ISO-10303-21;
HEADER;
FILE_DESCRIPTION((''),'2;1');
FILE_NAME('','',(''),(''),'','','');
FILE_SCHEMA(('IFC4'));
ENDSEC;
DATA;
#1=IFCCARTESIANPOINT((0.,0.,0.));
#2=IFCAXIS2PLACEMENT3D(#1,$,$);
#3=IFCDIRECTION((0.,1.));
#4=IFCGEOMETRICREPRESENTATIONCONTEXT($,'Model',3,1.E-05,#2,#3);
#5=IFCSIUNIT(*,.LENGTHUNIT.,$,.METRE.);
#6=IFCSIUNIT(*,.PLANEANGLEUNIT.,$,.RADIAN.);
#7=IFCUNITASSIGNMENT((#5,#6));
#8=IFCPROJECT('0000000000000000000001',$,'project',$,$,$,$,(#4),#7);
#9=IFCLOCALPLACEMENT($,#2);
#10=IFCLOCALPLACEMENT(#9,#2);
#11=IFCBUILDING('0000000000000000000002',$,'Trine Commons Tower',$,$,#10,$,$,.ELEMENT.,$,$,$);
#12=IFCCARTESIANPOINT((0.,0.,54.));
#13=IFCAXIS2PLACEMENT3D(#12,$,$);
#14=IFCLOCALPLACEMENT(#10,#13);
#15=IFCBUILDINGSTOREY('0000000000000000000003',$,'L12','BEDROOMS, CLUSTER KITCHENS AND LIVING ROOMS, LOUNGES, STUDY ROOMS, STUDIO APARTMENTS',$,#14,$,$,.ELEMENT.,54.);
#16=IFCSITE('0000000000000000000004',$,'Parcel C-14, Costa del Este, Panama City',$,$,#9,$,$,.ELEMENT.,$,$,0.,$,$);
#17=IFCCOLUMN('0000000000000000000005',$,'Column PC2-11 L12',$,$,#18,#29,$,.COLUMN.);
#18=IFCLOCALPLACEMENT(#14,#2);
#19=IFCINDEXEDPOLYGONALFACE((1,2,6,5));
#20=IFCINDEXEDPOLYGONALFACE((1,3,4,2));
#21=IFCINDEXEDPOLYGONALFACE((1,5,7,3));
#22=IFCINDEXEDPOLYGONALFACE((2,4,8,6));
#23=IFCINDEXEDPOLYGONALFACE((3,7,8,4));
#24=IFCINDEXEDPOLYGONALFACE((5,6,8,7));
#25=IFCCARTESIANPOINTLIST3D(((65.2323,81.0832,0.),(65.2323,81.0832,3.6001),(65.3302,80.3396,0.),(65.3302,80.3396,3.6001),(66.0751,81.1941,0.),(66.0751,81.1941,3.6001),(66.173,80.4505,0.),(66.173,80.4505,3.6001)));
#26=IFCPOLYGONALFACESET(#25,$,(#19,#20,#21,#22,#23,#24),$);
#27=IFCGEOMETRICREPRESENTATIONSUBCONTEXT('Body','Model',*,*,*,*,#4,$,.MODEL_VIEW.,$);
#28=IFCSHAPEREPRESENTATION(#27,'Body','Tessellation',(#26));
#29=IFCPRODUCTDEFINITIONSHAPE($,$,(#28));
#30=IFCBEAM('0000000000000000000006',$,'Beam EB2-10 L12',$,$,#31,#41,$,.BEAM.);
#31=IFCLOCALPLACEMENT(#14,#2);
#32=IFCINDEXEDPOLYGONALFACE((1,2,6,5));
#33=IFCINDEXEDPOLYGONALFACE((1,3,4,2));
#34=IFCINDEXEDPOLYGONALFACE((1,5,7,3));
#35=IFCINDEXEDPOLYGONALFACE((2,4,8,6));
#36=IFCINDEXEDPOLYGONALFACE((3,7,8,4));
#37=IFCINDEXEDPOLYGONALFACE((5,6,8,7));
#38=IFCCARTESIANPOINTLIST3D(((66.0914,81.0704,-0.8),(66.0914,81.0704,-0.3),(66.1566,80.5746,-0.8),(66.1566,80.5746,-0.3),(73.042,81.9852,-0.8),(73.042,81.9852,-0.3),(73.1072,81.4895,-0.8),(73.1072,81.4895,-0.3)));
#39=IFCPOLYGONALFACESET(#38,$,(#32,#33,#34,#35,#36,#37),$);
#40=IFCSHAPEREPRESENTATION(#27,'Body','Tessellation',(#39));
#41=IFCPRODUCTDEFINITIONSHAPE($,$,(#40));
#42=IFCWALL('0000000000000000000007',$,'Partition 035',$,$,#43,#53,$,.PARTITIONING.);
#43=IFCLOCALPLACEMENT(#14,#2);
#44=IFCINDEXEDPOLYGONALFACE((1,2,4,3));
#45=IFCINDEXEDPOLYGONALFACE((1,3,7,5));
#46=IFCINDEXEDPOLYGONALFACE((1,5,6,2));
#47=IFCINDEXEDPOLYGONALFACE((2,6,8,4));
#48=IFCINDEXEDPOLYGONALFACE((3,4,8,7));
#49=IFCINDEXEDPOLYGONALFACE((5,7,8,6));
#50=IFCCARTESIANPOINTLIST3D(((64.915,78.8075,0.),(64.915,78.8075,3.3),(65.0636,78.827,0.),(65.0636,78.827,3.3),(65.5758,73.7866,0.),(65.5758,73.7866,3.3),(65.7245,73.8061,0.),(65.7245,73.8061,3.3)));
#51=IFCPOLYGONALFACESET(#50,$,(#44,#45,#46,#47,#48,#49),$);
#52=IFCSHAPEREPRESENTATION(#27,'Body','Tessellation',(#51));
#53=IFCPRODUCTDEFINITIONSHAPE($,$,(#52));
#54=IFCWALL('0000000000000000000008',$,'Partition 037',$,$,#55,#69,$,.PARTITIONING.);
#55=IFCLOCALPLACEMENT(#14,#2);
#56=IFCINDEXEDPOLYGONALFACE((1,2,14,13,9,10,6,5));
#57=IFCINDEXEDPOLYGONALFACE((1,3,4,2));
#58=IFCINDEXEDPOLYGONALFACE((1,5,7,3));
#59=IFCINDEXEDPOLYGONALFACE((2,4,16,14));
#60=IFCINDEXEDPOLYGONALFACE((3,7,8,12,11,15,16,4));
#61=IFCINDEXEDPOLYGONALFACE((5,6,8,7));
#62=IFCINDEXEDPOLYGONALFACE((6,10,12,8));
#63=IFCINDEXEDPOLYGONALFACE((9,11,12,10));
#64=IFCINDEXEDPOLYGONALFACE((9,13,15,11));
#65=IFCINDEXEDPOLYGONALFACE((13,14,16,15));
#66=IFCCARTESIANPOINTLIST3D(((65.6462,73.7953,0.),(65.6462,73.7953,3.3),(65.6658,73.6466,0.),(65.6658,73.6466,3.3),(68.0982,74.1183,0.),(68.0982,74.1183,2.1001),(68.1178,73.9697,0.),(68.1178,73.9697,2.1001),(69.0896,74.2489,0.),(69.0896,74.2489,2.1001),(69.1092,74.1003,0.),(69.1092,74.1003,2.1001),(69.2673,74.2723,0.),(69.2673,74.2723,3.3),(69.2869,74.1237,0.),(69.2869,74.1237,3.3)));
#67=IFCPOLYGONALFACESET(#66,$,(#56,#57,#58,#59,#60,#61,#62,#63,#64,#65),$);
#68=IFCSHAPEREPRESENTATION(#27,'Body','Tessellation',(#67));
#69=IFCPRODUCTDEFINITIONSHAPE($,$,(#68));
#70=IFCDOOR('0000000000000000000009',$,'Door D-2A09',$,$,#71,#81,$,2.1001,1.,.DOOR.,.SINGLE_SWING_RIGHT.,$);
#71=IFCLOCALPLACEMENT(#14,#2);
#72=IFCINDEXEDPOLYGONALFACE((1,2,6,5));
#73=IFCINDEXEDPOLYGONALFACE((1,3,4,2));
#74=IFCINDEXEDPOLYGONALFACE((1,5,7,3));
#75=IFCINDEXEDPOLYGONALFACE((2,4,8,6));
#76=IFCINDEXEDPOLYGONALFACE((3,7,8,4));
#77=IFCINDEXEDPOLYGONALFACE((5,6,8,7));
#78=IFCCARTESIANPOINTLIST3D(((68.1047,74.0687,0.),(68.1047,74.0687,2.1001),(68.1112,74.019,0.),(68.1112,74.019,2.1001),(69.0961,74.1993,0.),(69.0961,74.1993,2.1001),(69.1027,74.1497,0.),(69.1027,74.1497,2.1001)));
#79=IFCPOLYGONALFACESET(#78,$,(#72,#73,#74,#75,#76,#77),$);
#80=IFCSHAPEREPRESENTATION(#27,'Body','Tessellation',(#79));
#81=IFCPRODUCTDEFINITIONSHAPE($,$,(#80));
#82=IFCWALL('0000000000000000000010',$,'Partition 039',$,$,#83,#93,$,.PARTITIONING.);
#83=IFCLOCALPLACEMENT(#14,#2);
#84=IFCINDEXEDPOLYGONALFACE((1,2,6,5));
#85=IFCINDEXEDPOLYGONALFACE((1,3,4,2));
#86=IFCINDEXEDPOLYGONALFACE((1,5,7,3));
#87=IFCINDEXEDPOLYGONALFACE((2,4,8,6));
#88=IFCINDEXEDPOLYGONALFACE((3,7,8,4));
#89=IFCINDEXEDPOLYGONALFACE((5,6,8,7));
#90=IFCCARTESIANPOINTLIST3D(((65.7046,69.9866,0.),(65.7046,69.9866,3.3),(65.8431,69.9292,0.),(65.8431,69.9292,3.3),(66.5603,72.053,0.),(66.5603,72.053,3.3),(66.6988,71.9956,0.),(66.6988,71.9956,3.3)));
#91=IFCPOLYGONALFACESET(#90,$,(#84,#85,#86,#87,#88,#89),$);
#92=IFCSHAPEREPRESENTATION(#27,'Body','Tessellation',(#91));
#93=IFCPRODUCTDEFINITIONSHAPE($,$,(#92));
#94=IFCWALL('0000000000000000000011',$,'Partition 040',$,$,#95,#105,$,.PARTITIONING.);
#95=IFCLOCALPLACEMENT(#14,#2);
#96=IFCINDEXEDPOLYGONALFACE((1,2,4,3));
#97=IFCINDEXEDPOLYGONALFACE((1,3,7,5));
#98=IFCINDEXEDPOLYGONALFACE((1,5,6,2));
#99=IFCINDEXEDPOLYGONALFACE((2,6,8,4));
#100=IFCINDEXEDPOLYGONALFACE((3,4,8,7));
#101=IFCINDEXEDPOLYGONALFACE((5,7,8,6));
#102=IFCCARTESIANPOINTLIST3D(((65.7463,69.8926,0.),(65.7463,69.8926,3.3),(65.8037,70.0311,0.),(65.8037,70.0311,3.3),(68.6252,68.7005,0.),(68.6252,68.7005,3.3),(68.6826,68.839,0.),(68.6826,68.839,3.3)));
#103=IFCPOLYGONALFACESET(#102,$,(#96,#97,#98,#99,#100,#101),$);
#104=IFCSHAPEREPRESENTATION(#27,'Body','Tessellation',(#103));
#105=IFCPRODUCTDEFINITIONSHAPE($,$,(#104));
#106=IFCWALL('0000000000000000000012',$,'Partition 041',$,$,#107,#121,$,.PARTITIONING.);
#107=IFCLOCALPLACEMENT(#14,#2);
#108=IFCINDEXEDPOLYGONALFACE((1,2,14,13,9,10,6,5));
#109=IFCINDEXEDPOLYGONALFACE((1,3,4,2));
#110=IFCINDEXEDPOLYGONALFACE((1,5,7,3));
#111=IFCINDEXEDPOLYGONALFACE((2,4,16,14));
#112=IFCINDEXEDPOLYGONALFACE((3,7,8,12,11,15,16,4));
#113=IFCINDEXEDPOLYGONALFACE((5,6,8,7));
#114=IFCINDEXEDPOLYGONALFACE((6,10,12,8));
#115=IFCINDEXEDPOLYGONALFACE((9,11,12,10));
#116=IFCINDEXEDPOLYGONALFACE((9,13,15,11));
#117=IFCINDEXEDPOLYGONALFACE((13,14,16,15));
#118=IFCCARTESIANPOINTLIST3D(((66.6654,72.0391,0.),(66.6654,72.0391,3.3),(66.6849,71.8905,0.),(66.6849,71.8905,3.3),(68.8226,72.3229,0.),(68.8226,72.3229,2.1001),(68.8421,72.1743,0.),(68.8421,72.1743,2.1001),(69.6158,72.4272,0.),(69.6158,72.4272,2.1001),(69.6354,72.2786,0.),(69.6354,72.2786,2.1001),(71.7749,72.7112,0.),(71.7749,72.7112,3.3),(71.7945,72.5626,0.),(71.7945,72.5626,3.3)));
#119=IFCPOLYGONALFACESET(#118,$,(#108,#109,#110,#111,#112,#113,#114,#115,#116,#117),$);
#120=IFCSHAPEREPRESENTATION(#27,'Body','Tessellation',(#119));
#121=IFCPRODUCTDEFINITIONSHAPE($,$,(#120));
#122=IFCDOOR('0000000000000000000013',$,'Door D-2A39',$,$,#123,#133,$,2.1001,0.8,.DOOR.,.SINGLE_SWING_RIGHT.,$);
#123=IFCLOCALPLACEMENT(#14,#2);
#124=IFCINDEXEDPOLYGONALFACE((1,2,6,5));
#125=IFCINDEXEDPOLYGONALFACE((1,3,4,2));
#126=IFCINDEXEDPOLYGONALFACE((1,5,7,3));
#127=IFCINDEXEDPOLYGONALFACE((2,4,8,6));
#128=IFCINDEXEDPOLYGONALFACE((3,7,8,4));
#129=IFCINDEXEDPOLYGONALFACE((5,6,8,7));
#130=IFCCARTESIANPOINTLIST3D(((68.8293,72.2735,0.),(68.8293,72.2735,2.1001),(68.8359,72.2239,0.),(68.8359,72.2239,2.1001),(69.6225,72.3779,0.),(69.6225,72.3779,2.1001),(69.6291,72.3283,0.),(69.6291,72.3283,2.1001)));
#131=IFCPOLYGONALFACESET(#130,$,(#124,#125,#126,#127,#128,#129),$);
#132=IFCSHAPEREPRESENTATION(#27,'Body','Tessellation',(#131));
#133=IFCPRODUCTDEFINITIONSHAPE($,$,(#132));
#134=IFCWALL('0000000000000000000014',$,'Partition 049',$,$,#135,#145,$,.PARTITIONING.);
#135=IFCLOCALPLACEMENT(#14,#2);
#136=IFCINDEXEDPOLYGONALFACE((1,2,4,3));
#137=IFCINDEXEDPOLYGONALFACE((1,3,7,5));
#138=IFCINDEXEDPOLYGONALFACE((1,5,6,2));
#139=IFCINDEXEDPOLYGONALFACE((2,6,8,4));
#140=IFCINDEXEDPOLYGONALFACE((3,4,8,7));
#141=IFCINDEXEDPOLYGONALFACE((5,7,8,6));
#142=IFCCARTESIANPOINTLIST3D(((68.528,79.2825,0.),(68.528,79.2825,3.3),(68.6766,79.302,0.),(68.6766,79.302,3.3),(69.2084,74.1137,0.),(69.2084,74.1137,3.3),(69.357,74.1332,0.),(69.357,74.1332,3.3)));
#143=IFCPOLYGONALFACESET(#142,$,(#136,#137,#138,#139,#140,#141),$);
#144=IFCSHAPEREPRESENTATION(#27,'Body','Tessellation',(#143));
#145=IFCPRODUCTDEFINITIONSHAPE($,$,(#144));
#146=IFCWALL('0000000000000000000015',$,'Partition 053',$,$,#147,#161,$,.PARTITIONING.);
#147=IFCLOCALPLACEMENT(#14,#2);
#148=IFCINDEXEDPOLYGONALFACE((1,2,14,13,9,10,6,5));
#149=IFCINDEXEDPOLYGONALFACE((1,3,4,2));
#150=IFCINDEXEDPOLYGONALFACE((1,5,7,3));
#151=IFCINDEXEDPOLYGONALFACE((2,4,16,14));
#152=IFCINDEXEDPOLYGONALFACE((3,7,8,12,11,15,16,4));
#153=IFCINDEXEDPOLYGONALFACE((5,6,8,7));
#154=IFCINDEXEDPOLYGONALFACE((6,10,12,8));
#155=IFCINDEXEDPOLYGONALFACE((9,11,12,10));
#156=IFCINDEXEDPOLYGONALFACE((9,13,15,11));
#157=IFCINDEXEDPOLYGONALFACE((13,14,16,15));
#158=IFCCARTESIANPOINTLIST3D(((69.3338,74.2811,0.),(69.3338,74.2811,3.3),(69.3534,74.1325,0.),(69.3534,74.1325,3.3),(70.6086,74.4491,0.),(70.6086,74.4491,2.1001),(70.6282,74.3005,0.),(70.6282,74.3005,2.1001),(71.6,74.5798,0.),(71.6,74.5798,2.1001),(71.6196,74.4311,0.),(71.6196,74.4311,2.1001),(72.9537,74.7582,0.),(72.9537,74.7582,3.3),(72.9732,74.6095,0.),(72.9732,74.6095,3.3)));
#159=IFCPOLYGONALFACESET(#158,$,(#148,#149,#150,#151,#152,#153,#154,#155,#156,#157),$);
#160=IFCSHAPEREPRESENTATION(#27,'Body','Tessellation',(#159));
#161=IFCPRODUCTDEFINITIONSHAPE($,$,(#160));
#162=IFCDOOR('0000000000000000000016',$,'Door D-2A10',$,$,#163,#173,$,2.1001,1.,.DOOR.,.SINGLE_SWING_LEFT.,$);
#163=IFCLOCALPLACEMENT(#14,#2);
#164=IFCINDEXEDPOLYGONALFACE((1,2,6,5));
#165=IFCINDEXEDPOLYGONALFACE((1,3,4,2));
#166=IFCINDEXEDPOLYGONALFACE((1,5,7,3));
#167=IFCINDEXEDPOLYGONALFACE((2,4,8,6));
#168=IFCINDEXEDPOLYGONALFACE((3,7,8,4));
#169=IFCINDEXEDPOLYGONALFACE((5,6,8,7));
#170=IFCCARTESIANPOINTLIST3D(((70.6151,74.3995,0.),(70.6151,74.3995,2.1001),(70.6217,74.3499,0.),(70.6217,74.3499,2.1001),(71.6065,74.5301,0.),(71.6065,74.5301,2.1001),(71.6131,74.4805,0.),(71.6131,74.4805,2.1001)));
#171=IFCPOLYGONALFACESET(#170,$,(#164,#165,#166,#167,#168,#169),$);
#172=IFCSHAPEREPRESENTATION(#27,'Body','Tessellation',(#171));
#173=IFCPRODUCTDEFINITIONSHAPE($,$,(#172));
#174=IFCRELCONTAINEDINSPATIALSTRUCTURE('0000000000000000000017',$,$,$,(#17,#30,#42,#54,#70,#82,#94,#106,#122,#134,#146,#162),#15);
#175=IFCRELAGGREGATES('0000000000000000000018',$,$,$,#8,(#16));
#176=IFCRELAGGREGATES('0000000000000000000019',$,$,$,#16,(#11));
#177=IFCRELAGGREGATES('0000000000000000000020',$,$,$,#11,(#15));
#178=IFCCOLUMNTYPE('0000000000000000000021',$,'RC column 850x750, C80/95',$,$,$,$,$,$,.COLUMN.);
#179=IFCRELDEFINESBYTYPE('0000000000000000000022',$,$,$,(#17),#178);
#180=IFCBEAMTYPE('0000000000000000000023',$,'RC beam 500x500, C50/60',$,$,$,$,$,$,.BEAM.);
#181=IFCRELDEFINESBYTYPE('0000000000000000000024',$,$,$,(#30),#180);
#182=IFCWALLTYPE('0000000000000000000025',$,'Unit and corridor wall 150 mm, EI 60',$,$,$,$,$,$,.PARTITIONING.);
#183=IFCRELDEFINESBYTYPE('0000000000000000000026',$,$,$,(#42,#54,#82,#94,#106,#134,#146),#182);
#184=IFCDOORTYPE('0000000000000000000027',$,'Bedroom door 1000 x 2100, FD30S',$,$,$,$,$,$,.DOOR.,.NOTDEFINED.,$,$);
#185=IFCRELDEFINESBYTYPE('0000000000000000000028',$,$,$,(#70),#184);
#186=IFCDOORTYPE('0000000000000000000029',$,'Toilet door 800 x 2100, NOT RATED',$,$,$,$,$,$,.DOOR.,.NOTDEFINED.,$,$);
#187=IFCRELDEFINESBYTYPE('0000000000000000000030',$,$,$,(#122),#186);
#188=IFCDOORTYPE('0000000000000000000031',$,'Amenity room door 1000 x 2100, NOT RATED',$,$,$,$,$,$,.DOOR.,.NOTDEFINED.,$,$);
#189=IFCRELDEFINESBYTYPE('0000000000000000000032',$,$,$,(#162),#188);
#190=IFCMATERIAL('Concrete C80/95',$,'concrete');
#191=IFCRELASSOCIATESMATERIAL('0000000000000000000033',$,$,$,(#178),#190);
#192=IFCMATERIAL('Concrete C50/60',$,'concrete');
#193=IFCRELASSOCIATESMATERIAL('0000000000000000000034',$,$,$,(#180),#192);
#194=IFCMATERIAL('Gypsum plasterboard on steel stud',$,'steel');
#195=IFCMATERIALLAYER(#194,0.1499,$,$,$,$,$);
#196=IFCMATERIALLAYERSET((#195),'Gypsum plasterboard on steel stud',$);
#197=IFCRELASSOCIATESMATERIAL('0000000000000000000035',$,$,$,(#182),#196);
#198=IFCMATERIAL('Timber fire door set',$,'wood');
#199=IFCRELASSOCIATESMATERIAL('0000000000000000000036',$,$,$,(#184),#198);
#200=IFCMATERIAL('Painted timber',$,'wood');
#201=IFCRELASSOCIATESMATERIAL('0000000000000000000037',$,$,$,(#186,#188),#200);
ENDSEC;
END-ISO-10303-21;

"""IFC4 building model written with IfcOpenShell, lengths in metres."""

from ifc_helpers import new_model, si_unit, direction, frame, frame_2d, origin, origin_2d, place, context, subcontext, project, spatial, rectangle, extrude, material, layer, layer_set, material_profile, profile_set, type_object, element, fill, save


model = new_model("IFC4")

# Units and contexts
model_context = context("Model", 3, precision=1e-05, world=origin(), true_north=direction((0.0, 1.0)))
body_context = subcontext(model_context, "Body", "Model", "MODEL_VIEW")
ifc_project = project(units=[si_unit("LENGTHUNIT", "METRE"), si_unit("PLANEANGLEUNIT", "RADIAN")], contexts=[model_context])

# Site, building, storey
site_placement = place(None, origin())
site = spatial("IfcSite", under=ifc_project, at=site_placement, Name="Parcel C-14, Costa del Este, Panama City", CompositionType="ELEMENT", RefElevation=0.0)
building_placement = place(site_placement, origin())
building = spatial("IfcBuilding", under=site, at=building_placement, Name="Trine Commons Tower", CompositionType="ELEMENT")
storey_placement = place(building_placement, frame((0.0, 0.0, 54.0)))
storey = spatial("IfcBuildingStorey", under=building, at=storey_placement, Name="L12", Description="BEDROOMS, CLUSTER KITCHENS AND LIVING ROOMS, LOUNGES, STUDY ROOMS, STUDIO APARTMENTS", CompositionType="ELEMENT", Elevation=54.0)

# Column
ifc_material_1 = material(Name="Concrete C80/95", Category="concrete")
ifc_material_profile_1 = material_profile(ifc_material_1, rectangle(XDim=0.8501, YDim=0.75, at=origin_2d()), Name="RC 850x750")
ifc_profile_set_1 = profile_set([ifc_material_profile_1], Name="Concrete C80/95")
column_type = type_object("IfcColumnType", Name="RC column 850x750, C80/95", PredefinedType="COLUMN", material=ifc_profile_set_1)
column_placement = place(storey_placement, frame((65.7026, 80.7668, 0.0), z_axis=(0.0, 0.0, 1.0), x_axis=(0.991445, 0.130526, 0.0)))
element("IfcColumn", 1, at=column_placement, inside=storey, type_object=column_type, Name="Column PC2-11 L12", PredefinedType="COLUMN", context=body_context, shape_type="SweptSolid", body=[
    extrude(rectangle(XDim=0.8501, YDim=0.75, at=origin_2d()), origin(), (0.0, 0.0, 1.0), 3.6001),
])

# Beam
ifc_material_2 = material(Name="Concrete C50/60", Category="concrete")
ifc_material_profile_2 = material_profile(ifc_material_2, rectangle(XDim=0.5, YDim=0.5, at=origin_2d()), Name="RC 500x500")
ifc_profile_set_2 = profile_set([ifc_material_profile_2], Name="Concrete C50/60")
beam_type = type_object("IfcBeamType", Name="RC beam 500x500, C50/60", PredefinedType="BEAM", material=ifc_profile_set_2)
beam_placement = place(storey_placement, frame((66.124, 80.8225, -0.55), z_axis=(0.991449, 0.130491, 0.0), x_axis=(-0.130491, 0.991449, 0.0)))
element("IfcBeam", 2, at=beam_placement, inside=storey, type_object=beam_type, Name="Beam EB2-10 L12", PredefinedType="BEAM", context=body_context, shape_type="SweptSolid", body=[
    extrude(rectangle(XDim=0.5, YDim=0.5, at=origin_2d()), origin(), (0.0, 0.0, 1.0), 7.0105),
])

# Wall
ifc_material_3 = material(Name="Gypsum plasterboard on steel stud", Category="steel")
ifc_layer_1 = layer(ifc_material_3, 0.1499)
ifc_layer_set_1 = layer_set([ifc_layer_1], Name="Gypsum plasterboard on steel stud")
wall_type_1 = type_object("IfcWallType", Name="Unit and corridor wall 150 mm, EI 60", PredefinedType="PARTITIONING", material=ifc_layer_set_1)
wall_1_placement = place(storey_placement, frame((64.9893, 78.8174, 0.0), z_axis=(0.0, 0.0, 1.0), x_axis=(0.130499, -0.991448, 0.0)))
element("IfcWall", 3, at=wall_1_placement, inside=storey, type_object=wall_type_1, Name="Partition 035", PredefinedType="PARTITIONING", context=body_context, shape_type="SweptSolid", body=[
    extrude(rectangle(XDim=5.0642, YDim=0.1499, at=frame_2d((2.5322, 0.0))), origin(), (0.0, 0.0, 1.0), 3.3),
])

# Wall, opening, door
wall_2_placement = place(storey_placement, frame((65.656, 73.7209, 0.0), z_axis=(0.0, 0.0, 1.0), x_axis=(0.991433, 0.130614, 0.0)))
wall_2 = element("IfcWall", 4, at=wall_2_placement, inside=storey, type_object=wall_type_1, Name="Partition 037", PredefinedType="PARTITIONING", context=body_context, shape_type="SweptSolid", body=[
    extrude(rectangle(XDim=3.6523, YDim=0.1499, at=frame_2d((1.8262, 0.0))), origin(), (0.0, 0.0, 1.0), 3.3),
])
opening_1_placement = place(wall_2_placement, frame((2.4731, 0.0, 0.0)))
opening_1 = element("IfcOpeningElement", 5, at=opening_1_placement, cuts=wall_2, PredefinedType="OPENING", context=body_context, shape_type="SweptSolid", body=[
    extrude(rectangle(XDim=1.0, YDim=2.1001, at=frame_2d((0.5, 1.05))), frame((0.0, 0.085, 0.0), z_axis=(0.0, -1.0, 0.0), x_axis=(1.0, 0.0, 0.0)), (0.0, 0.0, 1.0), 0.1699),
])
ifc_material_4 = material(Name="Timber fire door set", Category="wood")
door_type_1 = type_object("IfcDoorType", Name="Bedroom door 1000 x 2100, FD30S", OperationType="NOTDEFINED", PredefinedType="DOOR", material=ifc_material_4)
door_1_placement = place(opening_1_placement, origin())
door_1 = element("IfcDoor", 6, at=door_1_placement, inside=storey, type_object=door_type_1, Name="Door D-2A09", OperationType="SINGLE_SWING_RIGHT", OverallHeight=2.1001, OverallWidth=1.0, PredefinedType="DOOR", context=body_context, shape_type="SweptSolid", body=[
    extrude(rectangle(XDim=1.0, YDim=2.1001, at=frame_2d((0.5, 1.05))), frame((0.0, 0.0249, 0.0), z_axis=(0.0, -1.0, 0.0), x_axis=(1.0, 0.0, 0.0)), (0.0, 0.0, 1.0), 0.05),
])
fill(opening_1, door_1)

# Walls
wall_3_placement = place(storey_placement, frame((65.7739, 69.958, 0.0), z_axis=(0.0, 0.0, 1.0), x_axis=(0.382599, 0.923914, 0.0)))
element("IfcWall", 7, at=wall_3_placement, inside=storey, type_object=wall_type_1, Name="Partition 039", PredefinedType="PARTITIONING", context=body_context, shape_type="SweptSolid", body=[
    extrude(rectangle(XDim=2.2366, YDim=0.1499, at=frame_2d((1.1182, 0.0))), origin(), (0.0, 0.0, 1.0), 3.3),
])
wall_4_placement = place(storey_placement, frame((65.7749, 69.9619, 0.0), z_axis=(0.0, 0.0, 1.0), x_axis=(0.923918, -0.382589, 0.0)))
element("IfcWall", 8, at=wall_4_placement, inside=storey, type_object=wall_type_1, Name="Partition 040", PredefinedType="PARTITIONING", context=body_context, shape_type="SweptSolid", body=[
    extrude(rectangle(XDim=3.116, YDim=0.1499, at=frame_2d((1.5581, 0.0))), origin(), (0.0, 0.0, 1.0), 3.3),
])

# Wall, opening, door
wall_5_placement = place(storey_placement, frame((66.6753, 71.9648, 0.0), z_axis=(0.0, 0.0, 1.0), x_axis=(0.991459, 0.130417, 0.0)))
wall_5 = element("IfcWall", 9, at=wall_5_placement, inside=storey, type_object=wall_type_1, Name="Partition 041", PredefinedType="PARTITIONING", context=body_context, shape_type="SweptSolid", body=[
    extrude(rectangle(XDim=5.1536, YDim=0.1499, at=frame_2d((2.5767, 0.0))), origin(), (0.0, 0.0, 1.0), 3.3),
])
opening_2_placement = place(wall_5_placement, frame((2.1758, 0.0, 0.0)))
opening_2 = element("IfcOpeningElement", 10, at=opening_2_placement, cuts=wall_5, PredefinedType="OPENING", context=body_context, shape_type="SweptSolid", body=[
    extrude(rectangle(XDim=0.8, YDim=2.1001, at=frame_2d((0.3999, 1.05))), frame((0.0, 0.085, 0.0), z_axis=(0.0, -1.0, 0.0), x_axis=(1.0, 0.0, 0.0)), (0.0, 0.0, 1.0), 0.1699),
])
ifc_material_5 = material(Name="Painted timber", Category="wood")
door_type_2 = type_object("IfcDoorType", Name="Toilet door 800 x 2100, NOT RATED", OperationType="NOTDEFINED", PredefinedType="DOOR", material=ifc_material_5)
door_2_placement = place(opening_2_placement, frame((0.8, 0.0, 0.0), z_axis=(0.0, 0.0, 1.0), x_axis=(-1.0, 0.0, 0.0)))
door_2 = element("IfcDoor", 11, at=door_2_placement, inside=storey, type_object=door_type_2, Name="Door D-2A39", OperationType="SINGLE_SWING_RIGHT", OverallHeight=2.1001, OverallWidth=0.8, PredefinedType="DOOR", context=body_context, shape_type="SweptSolid", body=[
    extrude(rectangle(XDim=0.8, YDim=2.1001, at=frame_2d((0.3999, 1.05))), frame((0.0, 0.0249, 0.0), z_axis=(0.0, -1.0, 0.0), x_axis=(1.0, 0.0, 0.0)), (0.0, 0.0, 1.0), 0.05),
])
fill(opening_2, door_2)

# Wall
wall_6_placement = place(storey_placement, frame((68.6023, 79.2922, 0.0), z_axis=(0.0, 0.0, 1.0), x_axis=(0.130516, -0.991446, 0.0)))
element("IfcWall", 12, at=wall_6_placement, inside=storey, type_object=wall_type_1, Name="Partition 049", PredefinedType="PARTITIONING", context=body_context, shape_type="SweptSolid", body=[
    extrude(rectangle(XDim=5.2134, YDim=0.1499, at=frame_2d((2.6067, 0.0))), origin(), (0.0, 0.0, 1.0), 3.3),
])

# Wall, opening, door
wall_7_placement = place(storey_placement, frame((69.3435, 74.2068, 0.0), z_axis=(0.0, 0.0, 1.0), x_axis=(0.991428, 0.130657, 0.0)))
wall_7 = element("IfcWall", 13, at=wall_7_placement, inside=storey, type_object=wall_type_1, Name="Partition 053", PredefinedType="PARTITIONING", context=body_context, shape_type="SweptSolid", body=[
    extrude(rectangle(XDim=3.6511, YDim=0.1499, at=frame_2d((1.8257, 0.0))), origin(), (0.0, 0.0, 1.0), 3.3),
])
opening_3_placement = place(wall_7_placement, frame((1.2859, 0.0, 0.0)))
opening_3 = element("IfcOpeningElement", 14, at=opening_3_placement, cuts=wall_7, PredefinedType="OPENING", context=body_context, shape_type="SweptSolid", body=[
    extrude(rectangle(XDim=1.0, YDim=2.1001, at=frame_2d((0.5, 1.05))), frame((0.0, 0.085, 0.0), z_axis=(0.0, -1.0, 0.0), x_axis=(1.0, 0.0, 0.0)), (0.0, 0.0, 1.0), 0.1699),
])
door_type_3 = type_object("IfcDoorType", Name="Amenity room door 1000 x 2100, NOT RATED", OperationType="NOTDEFINED", PredefinedType="DOOR", material=ifc_material_5)
door_3_placement = place(opening_3_placement, origin())
door_3 = element("IfcDoor", 15, at=door_3_placement, inside=storey, type_object=door_type_3, Name="Door D-2A10", OperationType="SINGLE_SWING_LEFT", OverallHeight=2.1001, OverallWidth=1.0, PredefinedType="DOOR", context=body_context, shape_type="SweptSolid", body=[
    extrude(rectangle(XDim=1.0, YDim=2.1001, at=frame_2d((0.5, 1.05))), frame((0.0, 0.0249, 0.0), z_axis=(0.0, -1.0, 0.0), x_axis=(1.0, 0.0, 0.0)), (0.0, 0.0, 1.0), 0.05),
])
fill(opening_3, door_3)

save(model, "model.ifc")
